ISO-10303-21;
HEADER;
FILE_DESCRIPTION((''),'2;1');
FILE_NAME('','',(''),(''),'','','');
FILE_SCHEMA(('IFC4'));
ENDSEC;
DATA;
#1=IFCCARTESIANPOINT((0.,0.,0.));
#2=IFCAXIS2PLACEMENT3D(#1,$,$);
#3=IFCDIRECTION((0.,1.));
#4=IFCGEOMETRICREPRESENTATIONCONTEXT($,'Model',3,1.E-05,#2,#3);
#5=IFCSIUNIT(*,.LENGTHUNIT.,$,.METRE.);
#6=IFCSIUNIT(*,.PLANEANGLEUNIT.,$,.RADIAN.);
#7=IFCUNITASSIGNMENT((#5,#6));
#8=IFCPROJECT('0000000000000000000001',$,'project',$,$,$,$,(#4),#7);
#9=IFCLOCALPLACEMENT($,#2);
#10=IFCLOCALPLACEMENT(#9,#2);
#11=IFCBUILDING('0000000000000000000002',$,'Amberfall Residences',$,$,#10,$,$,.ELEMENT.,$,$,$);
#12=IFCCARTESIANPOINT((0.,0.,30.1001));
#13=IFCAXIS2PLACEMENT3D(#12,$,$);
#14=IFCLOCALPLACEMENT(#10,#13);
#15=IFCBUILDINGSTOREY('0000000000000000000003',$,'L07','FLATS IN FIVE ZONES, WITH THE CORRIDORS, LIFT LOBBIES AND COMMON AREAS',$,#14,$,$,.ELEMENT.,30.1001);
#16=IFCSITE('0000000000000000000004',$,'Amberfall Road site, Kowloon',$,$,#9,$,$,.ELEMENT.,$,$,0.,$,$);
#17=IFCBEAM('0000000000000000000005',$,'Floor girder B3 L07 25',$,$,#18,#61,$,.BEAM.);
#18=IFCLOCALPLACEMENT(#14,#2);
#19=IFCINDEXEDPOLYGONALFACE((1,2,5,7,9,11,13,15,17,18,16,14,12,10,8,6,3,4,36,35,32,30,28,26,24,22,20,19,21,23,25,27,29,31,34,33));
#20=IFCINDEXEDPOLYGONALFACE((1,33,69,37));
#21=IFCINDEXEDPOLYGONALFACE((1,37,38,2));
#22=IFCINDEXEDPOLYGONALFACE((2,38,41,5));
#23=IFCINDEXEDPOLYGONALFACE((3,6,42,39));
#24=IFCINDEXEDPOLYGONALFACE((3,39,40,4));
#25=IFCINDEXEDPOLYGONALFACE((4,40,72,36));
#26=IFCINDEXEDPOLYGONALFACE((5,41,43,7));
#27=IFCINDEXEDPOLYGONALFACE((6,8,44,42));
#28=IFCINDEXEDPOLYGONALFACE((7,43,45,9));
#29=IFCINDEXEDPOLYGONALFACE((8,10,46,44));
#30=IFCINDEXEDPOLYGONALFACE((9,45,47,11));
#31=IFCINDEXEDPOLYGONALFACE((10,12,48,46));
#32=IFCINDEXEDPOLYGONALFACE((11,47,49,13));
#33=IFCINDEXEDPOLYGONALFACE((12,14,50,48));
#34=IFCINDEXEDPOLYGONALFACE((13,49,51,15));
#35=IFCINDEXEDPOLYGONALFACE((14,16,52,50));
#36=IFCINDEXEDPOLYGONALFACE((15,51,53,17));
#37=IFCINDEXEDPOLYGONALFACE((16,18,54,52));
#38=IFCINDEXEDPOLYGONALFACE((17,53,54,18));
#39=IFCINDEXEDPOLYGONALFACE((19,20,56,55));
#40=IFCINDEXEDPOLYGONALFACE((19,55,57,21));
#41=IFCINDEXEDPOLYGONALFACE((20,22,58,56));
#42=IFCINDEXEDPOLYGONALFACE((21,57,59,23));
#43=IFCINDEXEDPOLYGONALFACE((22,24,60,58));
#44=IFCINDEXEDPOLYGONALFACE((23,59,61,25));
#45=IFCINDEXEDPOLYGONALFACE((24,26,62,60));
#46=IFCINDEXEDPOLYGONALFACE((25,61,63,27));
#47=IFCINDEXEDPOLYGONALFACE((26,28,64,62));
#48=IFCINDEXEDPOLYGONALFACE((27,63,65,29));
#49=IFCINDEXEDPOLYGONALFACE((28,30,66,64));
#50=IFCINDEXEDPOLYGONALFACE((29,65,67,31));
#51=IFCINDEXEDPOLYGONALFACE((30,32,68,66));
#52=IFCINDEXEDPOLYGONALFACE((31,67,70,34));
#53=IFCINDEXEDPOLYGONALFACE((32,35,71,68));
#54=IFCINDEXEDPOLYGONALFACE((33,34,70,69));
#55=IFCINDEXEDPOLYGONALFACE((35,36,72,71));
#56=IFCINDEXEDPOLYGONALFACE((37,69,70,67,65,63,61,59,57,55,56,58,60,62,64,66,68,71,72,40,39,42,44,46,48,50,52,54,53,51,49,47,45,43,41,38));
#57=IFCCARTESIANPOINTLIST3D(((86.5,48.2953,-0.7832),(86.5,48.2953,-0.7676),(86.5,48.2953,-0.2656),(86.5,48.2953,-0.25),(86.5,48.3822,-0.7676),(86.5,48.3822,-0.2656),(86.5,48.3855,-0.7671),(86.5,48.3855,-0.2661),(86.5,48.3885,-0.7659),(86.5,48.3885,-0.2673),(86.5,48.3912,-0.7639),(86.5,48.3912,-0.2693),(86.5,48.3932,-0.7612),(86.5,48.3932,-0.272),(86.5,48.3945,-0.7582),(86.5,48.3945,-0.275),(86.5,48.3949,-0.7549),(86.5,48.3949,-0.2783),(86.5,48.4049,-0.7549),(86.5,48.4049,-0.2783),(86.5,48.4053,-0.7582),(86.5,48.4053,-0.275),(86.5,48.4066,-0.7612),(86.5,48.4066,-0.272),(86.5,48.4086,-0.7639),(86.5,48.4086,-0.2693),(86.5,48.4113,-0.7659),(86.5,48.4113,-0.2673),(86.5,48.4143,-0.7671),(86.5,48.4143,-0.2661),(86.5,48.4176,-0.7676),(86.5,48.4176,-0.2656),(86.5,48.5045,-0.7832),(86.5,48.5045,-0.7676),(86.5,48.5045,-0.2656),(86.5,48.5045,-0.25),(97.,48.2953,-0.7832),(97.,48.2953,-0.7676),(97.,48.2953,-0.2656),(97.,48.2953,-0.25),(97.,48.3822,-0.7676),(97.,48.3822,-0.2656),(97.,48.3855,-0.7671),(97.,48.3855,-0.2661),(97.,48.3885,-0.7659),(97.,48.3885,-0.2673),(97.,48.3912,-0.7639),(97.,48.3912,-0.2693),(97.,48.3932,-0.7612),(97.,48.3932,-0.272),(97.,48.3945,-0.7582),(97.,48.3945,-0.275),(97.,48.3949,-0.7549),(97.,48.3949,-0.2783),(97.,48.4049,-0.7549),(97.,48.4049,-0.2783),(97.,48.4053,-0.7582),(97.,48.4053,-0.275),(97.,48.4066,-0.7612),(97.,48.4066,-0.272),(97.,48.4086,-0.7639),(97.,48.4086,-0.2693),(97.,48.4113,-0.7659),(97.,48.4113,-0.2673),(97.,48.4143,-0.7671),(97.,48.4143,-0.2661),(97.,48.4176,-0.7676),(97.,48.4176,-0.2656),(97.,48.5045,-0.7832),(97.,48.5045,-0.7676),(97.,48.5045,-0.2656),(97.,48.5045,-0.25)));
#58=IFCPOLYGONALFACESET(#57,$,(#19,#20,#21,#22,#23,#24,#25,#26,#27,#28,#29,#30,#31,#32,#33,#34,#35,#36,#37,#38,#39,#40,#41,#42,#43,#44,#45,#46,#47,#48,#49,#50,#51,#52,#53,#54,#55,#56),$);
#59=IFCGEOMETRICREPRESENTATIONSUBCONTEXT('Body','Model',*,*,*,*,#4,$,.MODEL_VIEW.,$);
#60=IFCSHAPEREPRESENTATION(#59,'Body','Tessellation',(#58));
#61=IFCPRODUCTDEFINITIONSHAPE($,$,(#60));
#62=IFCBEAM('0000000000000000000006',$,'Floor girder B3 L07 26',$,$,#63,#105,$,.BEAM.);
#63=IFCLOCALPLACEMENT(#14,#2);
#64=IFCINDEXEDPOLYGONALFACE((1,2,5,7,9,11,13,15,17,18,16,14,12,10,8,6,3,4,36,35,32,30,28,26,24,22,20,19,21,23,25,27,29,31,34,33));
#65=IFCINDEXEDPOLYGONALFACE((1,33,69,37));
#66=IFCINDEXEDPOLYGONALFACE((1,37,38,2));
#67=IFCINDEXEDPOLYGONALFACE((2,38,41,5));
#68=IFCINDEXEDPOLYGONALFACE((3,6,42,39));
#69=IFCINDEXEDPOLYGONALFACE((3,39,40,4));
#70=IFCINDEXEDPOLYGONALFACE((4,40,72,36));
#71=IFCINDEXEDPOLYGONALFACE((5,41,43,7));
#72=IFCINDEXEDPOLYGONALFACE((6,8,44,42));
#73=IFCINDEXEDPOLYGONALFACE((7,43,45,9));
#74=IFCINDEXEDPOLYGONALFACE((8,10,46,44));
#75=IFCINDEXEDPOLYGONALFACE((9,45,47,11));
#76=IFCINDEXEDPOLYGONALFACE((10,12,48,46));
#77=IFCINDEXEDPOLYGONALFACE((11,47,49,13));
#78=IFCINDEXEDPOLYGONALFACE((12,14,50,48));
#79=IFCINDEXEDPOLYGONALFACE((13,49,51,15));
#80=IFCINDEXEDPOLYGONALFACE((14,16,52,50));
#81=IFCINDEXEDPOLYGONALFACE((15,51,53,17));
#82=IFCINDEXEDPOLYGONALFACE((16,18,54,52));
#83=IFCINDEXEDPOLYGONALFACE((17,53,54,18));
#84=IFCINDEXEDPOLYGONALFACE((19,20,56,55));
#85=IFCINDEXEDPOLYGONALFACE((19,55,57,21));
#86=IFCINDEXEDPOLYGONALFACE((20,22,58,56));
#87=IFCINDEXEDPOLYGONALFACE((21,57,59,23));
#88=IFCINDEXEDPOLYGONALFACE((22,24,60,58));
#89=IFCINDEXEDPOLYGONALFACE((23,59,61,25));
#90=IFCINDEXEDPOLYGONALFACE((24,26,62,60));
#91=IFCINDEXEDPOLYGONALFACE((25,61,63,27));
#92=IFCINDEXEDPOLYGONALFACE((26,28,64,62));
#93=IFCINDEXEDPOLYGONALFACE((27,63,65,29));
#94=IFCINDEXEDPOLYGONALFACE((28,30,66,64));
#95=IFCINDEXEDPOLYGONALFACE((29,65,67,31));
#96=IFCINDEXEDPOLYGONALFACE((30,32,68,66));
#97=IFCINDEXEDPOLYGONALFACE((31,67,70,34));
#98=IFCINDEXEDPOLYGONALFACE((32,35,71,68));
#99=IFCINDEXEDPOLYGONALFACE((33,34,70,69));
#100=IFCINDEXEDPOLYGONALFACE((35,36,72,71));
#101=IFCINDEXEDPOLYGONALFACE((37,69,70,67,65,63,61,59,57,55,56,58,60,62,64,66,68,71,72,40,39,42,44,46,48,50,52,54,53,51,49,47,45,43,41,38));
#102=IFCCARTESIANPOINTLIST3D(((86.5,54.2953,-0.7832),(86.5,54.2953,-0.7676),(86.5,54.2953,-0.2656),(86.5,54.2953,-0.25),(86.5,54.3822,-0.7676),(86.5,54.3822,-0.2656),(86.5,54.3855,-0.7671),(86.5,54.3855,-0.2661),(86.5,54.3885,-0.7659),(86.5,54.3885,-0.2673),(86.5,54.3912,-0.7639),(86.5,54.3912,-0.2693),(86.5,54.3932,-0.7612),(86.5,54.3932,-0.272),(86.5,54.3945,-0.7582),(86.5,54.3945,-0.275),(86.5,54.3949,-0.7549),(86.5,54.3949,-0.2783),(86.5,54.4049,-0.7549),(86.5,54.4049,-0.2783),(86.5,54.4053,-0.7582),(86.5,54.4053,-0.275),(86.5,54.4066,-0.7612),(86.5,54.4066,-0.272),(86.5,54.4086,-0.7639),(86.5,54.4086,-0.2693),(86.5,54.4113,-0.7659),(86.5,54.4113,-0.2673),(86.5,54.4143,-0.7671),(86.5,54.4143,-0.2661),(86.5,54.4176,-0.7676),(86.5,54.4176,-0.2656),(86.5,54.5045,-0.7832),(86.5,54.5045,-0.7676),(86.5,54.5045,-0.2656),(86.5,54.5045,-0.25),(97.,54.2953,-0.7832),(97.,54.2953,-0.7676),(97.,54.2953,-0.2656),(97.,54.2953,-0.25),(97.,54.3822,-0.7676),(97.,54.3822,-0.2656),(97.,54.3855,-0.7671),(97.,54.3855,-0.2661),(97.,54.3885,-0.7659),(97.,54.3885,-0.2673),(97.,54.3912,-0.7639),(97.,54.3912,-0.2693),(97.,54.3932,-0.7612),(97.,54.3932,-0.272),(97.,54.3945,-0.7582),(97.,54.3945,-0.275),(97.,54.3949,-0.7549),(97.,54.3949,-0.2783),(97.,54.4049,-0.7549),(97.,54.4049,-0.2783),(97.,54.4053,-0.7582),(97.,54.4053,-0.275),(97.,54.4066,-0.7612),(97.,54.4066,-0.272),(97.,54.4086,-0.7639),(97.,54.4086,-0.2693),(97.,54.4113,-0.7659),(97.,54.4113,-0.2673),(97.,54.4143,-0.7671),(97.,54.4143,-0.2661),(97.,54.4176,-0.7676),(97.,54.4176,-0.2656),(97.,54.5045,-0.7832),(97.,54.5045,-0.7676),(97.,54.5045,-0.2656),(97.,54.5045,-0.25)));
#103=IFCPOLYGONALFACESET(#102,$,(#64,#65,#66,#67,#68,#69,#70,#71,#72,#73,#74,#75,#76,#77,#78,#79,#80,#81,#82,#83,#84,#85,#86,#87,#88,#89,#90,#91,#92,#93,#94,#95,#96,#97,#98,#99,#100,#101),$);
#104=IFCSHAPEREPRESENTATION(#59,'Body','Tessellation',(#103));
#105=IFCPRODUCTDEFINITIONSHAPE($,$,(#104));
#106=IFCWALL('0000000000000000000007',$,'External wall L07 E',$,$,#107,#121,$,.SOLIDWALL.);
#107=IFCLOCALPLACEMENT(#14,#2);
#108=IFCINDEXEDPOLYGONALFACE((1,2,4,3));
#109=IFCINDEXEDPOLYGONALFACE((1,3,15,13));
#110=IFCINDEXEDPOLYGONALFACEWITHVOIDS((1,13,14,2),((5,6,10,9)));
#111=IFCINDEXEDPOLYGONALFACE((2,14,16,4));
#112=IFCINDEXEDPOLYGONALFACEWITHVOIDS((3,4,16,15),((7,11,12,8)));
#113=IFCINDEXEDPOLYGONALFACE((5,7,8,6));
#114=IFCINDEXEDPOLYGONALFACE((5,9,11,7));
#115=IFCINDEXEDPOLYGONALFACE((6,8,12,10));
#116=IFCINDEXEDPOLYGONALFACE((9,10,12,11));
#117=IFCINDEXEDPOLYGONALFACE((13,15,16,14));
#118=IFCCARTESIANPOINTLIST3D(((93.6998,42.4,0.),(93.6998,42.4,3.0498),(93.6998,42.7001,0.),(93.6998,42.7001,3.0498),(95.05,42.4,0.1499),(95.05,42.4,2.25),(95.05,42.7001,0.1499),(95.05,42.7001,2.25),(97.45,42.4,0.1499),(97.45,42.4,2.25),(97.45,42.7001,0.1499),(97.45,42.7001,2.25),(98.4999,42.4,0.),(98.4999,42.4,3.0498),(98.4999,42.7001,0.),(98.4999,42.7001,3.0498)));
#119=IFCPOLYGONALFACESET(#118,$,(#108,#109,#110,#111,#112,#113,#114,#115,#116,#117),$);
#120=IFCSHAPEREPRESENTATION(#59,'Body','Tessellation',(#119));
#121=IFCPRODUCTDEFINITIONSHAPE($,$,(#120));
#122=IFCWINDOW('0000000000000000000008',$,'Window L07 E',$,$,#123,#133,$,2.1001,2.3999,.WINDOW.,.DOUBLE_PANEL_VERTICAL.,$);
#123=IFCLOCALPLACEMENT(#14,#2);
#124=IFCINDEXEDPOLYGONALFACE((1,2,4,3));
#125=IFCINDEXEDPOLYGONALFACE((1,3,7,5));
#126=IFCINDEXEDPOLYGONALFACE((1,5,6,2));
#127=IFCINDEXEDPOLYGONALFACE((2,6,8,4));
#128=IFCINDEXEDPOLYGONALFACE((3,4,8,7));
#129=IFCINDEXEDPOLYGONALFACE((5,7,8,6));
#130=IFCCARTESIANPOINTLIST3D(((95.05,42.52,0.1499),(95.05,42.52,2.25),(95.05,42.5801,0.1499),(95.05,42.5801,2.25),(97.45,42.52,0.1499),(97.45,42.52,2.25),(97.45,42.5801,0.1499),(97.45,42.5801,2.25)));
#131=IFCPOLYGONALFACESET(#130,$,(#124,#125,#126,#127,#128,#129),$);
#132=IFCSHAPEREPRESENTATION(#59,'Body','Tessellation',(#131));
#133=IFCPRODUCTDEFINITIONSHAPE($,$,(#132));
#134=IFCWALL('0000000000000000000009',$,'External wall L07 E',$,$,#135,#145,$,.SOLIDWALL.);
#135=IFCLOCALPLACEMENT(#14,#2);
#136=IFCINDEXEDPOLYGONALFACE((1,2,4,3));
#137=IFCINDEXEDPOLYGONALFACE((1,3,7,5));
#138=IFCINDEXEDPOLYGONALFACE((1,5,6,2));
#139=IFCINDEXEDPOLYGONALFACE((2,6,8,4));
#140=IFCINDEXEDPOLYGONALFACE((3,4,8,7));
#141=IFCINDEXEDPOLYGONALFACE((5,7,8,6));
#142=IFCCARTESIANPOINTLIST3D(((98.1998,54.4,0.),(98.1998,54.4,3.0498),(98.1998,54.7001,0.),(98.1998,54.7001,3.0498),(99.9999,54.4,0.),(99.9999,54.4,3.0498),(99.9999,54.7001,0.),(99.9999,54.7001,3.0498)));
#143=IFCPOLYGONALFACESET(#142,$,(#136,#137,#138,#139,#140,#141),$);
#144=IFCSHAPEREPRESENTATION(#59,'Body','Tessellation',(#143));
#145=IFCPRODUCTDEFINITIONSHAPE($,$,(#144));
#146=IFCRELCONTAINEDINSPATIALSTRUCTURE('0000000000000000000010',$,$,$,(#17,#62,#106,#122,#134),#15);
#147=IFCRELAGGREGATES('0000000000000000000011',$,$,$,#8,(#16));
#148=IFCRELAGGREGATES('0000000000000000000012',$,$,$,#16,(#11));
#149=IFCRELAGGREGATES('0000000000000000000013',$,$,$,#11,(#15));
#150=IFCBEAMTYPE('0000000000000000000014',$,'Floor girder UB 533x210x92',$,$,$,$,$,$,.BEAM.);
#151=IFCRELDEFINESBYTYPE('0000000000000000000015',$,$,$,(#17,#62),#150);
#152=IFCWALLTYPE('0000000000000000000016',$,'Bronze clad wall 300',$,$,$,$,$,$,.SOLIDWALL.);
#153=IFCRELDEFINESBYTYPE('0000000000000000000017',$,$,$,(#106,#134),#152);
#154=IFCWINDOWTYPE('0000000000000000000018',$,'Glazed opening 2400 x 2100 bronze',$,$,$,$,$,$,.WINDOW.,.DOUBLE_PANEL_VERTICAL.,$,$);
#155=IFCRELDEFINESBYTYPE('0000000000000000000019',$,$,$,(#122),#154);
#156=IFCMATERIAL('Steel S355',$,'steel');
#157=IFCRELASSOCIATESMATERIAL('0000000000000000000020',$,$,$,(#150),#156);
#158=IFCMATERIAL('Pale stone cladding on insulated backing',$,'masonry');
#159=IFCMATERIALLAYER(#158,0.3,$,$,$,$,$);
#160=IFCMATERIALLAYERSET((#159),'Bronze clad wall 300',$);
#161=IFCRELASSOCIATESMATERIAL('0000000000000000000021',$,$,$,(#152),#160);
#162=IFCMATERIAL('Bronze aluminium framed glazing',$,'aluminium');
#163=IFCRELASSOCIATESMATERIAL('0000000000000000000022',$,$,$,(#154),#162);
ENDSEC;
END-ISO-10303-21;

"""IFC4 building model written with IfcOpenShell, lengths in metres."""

from ifc_helpers import new_model, si_unit, direction, frame, frame_2d, origin, origin_2d, place, context, subcontext, project, spatial, rectangle, i_section, extrude, material, layer, layer_set, material_profile, profile_set, type_object, element, fill, save


model = new_model("IFC4")

# Units and contexts
model_context = context("Model", 3, precision=1e-05, world=origin(), true_north=direction((0.0, 1.0)))
body_context = subcontext(model_context, "Body", "Model", "MODEL_VIEW")
ifc_project = project(units=[si_unit("LENGTHUNIT", "METRE"), si_unit("PLANEANGLEUNIT", "RADIAN")], contexts=[model_context])

# Site, building, storey
site_placement = place(None, origin())
site = spatial("IfcSite", under=ifc_project, at=site_placement, Name="Amberfall Road site, Kowloon", CompositionType="ELEMENT", RefElevation=0.0)
building_placement = place(site_placement, origin())
building = spatial("IfcBuilding", under=site, at=building_placement, Name="Amberfall Residences", CompositionType="ELEMENT")
storey_placement = place(building_placement, frame((0.0, 0.0, 30.1001)))
storey = spatial("IfcBuildingStorey", under=building, at=storey_placement, Name="L07", Description="FLATS IN FIVE ZONES, WITH THE CORRIDORS, LIFT LOBBIES AND COMMON AREAS", CompositionType="ELEMENT", Elevation=30.1001)

# Beams
ifc_material_1 = material(Name="Steel S355", Category="steel")
ifc_material_profile_1 = material_profile(ifc_material_1, i_section(OverallWidth=0.2092, OverallDepth=0.5332, WebThickness=0.01, FlangeThickness=0.0156, FilletRadius=0.0127, at=origin_2d()), Name="UB 533x210x92")
ifc_profile_set_1 = profile_set([ifc_material_profile_1], Name="Steel S355")
beam_type_1 = type_object("IfcBeamType", Name="Floor girder UB 533x210x92", PredefinedType="BEAM", material=ifc_profile_set_1)
for number, where, z_axis, x_axis, name in (
    (1, (97.0, 48.3999, -0.5166), (-1.0, 0.0, 0.0), (0.0, -1.0, 0.0), "Floor girder B3 L07 25"),
    (2, (97.0, 54.3999, -0.5166), (-1.0, 0.0, 0.0), (0.0, -1.0, 0.0), "Floor girder B3 L07 26"),
):
    element("IfcBeam", number, at=place(storey_placement, frame(where, z_axis=z_axis, x_axis=x_axis)), inside=storey, type_object=beam_type_1, Name=name, PredefinedType="BEAM", context=body_context, shape_type="SweptSolid", body=[
        extrude(i_section(OverallWidth=0.2092, OverallDepth=0.5332, WebThickness=0.01, FlangeThickness=0.0156, FilletRadius=0.0127, at=origin_2d()), origin(), (0.0, 0.0, 1.0), 10.5),
    ])

# Wall, opening, window
ifc_material_2 = material(Name="Pale stone cladding on insulated backing", Category="masonry")
ifc_layer_1 = layer(ifc_material_2, 0.3)
ifc_layer_set_1 = layer_set([ifc_layer_1], Name="Bronze clad wall 300")
wall_type_1 = type_object("IfcWallType", Name="Bronze clad wall 300", PredefinedType="SOLIDWALL", material=ifc_layer_set_1)
wall_1_placement = place(storey_placement, frame((93.7, 42.55, 0.0), z_axis=(0.0, 0.0, 1.0), x_axis=(1.0, 0.0, 0.0)))
wall_1 = element("IfcWall", 3, at=wall_1_placement, inside=storey, type_object=wall_type_1, Name="External wall L07 E", PredefinedType="SOLIDWALL", context=body_context, shape_type="SweptSolid", body=[
    extrude(rectangle(XDim=4.8, YDim=0.3, at=frame_2d((2.3999, 0.0))), origin(), (0.0, 0.0, 1.0), 3.0498),
])
opening_1_placement = place(wall_1_placement, frame((1.3501, 0.0, 0.1499)))
opening_1 = element("IfcOpeningElement", 4, at=opening_1_placement, cuts=wall_1, PredefinedType="OPENING", context=body_context, shape_type="SweptSolid", body=[
    extrude(rectangle(XDim=2.3999, YDim=2.1001, at=frame_2d((1.2, 1.05))), frame((0.0, 0.1599, 0.0), z_axis=(0.0, -1.0, 0.0), x_axis=(1.0, 0.0, 0.0)), (0.0, 0.0, 1.0), 0.3201),
])
ifc_material_3 = material(Name="Bronze aluminium framed glazing", Category="aluminium")
window_type_1 = type_object("IfcWindowType", Name="Glazed opening 2400 x 2100 bronze", PartitioningType="DOUBLE_PANEL_VERTICAL", PredefinedType="WINDOW", material=ifc_material_3)
window_1_placement = place(opening_1_placement, origin())
window_1 = element("IfcWindow", 5, at=window_1_placement, inside=storey, type_object=window_type_1, Name="Window L07 E", OverallHeight=2.1001, OverallWidth=2.3999, PartitioningType="DOUBLE_PANEL_VERTICAL", PredefinedType="WINDOW", context=body_context, shape_type="SweptSolid", body=[
    extrude(rectangle(XDim=2.3999, YDim=2.1001, at=frame_2d((1.2, 1.05))), frame((0.0, 0.03, 0.0), z_axis=(0.0, -1.0, 0.0), x_axis=(1.0, 0.0, 0.0)), (0.0, 0.0, 1.0), 0.0601),
])
fill(opening_1, window_1)

# Wall
wall_2_placement = place(storey_placement, frame((98.2, 54.55, 0.0), z_axis=(0.0, 0.0, 1.0), x_axis=(1.0, 0.0, 0.0)))
element("IfcWall", 6, at=wall_2_placement, inside=storey, type_object=wall_type_1, Name="External wall L07 E", PredefinedType="SOLIDWALL", context=body_context, shape_type="SweptSolid", body=[
    extrude(rectangle(XDim=1.8, YDim=0.3, at=frame_2d((0.8999, 0.0))), origin(), (0.0, 0.0, 1.0), 3.0498),
])

save(model, "model.ifc")
